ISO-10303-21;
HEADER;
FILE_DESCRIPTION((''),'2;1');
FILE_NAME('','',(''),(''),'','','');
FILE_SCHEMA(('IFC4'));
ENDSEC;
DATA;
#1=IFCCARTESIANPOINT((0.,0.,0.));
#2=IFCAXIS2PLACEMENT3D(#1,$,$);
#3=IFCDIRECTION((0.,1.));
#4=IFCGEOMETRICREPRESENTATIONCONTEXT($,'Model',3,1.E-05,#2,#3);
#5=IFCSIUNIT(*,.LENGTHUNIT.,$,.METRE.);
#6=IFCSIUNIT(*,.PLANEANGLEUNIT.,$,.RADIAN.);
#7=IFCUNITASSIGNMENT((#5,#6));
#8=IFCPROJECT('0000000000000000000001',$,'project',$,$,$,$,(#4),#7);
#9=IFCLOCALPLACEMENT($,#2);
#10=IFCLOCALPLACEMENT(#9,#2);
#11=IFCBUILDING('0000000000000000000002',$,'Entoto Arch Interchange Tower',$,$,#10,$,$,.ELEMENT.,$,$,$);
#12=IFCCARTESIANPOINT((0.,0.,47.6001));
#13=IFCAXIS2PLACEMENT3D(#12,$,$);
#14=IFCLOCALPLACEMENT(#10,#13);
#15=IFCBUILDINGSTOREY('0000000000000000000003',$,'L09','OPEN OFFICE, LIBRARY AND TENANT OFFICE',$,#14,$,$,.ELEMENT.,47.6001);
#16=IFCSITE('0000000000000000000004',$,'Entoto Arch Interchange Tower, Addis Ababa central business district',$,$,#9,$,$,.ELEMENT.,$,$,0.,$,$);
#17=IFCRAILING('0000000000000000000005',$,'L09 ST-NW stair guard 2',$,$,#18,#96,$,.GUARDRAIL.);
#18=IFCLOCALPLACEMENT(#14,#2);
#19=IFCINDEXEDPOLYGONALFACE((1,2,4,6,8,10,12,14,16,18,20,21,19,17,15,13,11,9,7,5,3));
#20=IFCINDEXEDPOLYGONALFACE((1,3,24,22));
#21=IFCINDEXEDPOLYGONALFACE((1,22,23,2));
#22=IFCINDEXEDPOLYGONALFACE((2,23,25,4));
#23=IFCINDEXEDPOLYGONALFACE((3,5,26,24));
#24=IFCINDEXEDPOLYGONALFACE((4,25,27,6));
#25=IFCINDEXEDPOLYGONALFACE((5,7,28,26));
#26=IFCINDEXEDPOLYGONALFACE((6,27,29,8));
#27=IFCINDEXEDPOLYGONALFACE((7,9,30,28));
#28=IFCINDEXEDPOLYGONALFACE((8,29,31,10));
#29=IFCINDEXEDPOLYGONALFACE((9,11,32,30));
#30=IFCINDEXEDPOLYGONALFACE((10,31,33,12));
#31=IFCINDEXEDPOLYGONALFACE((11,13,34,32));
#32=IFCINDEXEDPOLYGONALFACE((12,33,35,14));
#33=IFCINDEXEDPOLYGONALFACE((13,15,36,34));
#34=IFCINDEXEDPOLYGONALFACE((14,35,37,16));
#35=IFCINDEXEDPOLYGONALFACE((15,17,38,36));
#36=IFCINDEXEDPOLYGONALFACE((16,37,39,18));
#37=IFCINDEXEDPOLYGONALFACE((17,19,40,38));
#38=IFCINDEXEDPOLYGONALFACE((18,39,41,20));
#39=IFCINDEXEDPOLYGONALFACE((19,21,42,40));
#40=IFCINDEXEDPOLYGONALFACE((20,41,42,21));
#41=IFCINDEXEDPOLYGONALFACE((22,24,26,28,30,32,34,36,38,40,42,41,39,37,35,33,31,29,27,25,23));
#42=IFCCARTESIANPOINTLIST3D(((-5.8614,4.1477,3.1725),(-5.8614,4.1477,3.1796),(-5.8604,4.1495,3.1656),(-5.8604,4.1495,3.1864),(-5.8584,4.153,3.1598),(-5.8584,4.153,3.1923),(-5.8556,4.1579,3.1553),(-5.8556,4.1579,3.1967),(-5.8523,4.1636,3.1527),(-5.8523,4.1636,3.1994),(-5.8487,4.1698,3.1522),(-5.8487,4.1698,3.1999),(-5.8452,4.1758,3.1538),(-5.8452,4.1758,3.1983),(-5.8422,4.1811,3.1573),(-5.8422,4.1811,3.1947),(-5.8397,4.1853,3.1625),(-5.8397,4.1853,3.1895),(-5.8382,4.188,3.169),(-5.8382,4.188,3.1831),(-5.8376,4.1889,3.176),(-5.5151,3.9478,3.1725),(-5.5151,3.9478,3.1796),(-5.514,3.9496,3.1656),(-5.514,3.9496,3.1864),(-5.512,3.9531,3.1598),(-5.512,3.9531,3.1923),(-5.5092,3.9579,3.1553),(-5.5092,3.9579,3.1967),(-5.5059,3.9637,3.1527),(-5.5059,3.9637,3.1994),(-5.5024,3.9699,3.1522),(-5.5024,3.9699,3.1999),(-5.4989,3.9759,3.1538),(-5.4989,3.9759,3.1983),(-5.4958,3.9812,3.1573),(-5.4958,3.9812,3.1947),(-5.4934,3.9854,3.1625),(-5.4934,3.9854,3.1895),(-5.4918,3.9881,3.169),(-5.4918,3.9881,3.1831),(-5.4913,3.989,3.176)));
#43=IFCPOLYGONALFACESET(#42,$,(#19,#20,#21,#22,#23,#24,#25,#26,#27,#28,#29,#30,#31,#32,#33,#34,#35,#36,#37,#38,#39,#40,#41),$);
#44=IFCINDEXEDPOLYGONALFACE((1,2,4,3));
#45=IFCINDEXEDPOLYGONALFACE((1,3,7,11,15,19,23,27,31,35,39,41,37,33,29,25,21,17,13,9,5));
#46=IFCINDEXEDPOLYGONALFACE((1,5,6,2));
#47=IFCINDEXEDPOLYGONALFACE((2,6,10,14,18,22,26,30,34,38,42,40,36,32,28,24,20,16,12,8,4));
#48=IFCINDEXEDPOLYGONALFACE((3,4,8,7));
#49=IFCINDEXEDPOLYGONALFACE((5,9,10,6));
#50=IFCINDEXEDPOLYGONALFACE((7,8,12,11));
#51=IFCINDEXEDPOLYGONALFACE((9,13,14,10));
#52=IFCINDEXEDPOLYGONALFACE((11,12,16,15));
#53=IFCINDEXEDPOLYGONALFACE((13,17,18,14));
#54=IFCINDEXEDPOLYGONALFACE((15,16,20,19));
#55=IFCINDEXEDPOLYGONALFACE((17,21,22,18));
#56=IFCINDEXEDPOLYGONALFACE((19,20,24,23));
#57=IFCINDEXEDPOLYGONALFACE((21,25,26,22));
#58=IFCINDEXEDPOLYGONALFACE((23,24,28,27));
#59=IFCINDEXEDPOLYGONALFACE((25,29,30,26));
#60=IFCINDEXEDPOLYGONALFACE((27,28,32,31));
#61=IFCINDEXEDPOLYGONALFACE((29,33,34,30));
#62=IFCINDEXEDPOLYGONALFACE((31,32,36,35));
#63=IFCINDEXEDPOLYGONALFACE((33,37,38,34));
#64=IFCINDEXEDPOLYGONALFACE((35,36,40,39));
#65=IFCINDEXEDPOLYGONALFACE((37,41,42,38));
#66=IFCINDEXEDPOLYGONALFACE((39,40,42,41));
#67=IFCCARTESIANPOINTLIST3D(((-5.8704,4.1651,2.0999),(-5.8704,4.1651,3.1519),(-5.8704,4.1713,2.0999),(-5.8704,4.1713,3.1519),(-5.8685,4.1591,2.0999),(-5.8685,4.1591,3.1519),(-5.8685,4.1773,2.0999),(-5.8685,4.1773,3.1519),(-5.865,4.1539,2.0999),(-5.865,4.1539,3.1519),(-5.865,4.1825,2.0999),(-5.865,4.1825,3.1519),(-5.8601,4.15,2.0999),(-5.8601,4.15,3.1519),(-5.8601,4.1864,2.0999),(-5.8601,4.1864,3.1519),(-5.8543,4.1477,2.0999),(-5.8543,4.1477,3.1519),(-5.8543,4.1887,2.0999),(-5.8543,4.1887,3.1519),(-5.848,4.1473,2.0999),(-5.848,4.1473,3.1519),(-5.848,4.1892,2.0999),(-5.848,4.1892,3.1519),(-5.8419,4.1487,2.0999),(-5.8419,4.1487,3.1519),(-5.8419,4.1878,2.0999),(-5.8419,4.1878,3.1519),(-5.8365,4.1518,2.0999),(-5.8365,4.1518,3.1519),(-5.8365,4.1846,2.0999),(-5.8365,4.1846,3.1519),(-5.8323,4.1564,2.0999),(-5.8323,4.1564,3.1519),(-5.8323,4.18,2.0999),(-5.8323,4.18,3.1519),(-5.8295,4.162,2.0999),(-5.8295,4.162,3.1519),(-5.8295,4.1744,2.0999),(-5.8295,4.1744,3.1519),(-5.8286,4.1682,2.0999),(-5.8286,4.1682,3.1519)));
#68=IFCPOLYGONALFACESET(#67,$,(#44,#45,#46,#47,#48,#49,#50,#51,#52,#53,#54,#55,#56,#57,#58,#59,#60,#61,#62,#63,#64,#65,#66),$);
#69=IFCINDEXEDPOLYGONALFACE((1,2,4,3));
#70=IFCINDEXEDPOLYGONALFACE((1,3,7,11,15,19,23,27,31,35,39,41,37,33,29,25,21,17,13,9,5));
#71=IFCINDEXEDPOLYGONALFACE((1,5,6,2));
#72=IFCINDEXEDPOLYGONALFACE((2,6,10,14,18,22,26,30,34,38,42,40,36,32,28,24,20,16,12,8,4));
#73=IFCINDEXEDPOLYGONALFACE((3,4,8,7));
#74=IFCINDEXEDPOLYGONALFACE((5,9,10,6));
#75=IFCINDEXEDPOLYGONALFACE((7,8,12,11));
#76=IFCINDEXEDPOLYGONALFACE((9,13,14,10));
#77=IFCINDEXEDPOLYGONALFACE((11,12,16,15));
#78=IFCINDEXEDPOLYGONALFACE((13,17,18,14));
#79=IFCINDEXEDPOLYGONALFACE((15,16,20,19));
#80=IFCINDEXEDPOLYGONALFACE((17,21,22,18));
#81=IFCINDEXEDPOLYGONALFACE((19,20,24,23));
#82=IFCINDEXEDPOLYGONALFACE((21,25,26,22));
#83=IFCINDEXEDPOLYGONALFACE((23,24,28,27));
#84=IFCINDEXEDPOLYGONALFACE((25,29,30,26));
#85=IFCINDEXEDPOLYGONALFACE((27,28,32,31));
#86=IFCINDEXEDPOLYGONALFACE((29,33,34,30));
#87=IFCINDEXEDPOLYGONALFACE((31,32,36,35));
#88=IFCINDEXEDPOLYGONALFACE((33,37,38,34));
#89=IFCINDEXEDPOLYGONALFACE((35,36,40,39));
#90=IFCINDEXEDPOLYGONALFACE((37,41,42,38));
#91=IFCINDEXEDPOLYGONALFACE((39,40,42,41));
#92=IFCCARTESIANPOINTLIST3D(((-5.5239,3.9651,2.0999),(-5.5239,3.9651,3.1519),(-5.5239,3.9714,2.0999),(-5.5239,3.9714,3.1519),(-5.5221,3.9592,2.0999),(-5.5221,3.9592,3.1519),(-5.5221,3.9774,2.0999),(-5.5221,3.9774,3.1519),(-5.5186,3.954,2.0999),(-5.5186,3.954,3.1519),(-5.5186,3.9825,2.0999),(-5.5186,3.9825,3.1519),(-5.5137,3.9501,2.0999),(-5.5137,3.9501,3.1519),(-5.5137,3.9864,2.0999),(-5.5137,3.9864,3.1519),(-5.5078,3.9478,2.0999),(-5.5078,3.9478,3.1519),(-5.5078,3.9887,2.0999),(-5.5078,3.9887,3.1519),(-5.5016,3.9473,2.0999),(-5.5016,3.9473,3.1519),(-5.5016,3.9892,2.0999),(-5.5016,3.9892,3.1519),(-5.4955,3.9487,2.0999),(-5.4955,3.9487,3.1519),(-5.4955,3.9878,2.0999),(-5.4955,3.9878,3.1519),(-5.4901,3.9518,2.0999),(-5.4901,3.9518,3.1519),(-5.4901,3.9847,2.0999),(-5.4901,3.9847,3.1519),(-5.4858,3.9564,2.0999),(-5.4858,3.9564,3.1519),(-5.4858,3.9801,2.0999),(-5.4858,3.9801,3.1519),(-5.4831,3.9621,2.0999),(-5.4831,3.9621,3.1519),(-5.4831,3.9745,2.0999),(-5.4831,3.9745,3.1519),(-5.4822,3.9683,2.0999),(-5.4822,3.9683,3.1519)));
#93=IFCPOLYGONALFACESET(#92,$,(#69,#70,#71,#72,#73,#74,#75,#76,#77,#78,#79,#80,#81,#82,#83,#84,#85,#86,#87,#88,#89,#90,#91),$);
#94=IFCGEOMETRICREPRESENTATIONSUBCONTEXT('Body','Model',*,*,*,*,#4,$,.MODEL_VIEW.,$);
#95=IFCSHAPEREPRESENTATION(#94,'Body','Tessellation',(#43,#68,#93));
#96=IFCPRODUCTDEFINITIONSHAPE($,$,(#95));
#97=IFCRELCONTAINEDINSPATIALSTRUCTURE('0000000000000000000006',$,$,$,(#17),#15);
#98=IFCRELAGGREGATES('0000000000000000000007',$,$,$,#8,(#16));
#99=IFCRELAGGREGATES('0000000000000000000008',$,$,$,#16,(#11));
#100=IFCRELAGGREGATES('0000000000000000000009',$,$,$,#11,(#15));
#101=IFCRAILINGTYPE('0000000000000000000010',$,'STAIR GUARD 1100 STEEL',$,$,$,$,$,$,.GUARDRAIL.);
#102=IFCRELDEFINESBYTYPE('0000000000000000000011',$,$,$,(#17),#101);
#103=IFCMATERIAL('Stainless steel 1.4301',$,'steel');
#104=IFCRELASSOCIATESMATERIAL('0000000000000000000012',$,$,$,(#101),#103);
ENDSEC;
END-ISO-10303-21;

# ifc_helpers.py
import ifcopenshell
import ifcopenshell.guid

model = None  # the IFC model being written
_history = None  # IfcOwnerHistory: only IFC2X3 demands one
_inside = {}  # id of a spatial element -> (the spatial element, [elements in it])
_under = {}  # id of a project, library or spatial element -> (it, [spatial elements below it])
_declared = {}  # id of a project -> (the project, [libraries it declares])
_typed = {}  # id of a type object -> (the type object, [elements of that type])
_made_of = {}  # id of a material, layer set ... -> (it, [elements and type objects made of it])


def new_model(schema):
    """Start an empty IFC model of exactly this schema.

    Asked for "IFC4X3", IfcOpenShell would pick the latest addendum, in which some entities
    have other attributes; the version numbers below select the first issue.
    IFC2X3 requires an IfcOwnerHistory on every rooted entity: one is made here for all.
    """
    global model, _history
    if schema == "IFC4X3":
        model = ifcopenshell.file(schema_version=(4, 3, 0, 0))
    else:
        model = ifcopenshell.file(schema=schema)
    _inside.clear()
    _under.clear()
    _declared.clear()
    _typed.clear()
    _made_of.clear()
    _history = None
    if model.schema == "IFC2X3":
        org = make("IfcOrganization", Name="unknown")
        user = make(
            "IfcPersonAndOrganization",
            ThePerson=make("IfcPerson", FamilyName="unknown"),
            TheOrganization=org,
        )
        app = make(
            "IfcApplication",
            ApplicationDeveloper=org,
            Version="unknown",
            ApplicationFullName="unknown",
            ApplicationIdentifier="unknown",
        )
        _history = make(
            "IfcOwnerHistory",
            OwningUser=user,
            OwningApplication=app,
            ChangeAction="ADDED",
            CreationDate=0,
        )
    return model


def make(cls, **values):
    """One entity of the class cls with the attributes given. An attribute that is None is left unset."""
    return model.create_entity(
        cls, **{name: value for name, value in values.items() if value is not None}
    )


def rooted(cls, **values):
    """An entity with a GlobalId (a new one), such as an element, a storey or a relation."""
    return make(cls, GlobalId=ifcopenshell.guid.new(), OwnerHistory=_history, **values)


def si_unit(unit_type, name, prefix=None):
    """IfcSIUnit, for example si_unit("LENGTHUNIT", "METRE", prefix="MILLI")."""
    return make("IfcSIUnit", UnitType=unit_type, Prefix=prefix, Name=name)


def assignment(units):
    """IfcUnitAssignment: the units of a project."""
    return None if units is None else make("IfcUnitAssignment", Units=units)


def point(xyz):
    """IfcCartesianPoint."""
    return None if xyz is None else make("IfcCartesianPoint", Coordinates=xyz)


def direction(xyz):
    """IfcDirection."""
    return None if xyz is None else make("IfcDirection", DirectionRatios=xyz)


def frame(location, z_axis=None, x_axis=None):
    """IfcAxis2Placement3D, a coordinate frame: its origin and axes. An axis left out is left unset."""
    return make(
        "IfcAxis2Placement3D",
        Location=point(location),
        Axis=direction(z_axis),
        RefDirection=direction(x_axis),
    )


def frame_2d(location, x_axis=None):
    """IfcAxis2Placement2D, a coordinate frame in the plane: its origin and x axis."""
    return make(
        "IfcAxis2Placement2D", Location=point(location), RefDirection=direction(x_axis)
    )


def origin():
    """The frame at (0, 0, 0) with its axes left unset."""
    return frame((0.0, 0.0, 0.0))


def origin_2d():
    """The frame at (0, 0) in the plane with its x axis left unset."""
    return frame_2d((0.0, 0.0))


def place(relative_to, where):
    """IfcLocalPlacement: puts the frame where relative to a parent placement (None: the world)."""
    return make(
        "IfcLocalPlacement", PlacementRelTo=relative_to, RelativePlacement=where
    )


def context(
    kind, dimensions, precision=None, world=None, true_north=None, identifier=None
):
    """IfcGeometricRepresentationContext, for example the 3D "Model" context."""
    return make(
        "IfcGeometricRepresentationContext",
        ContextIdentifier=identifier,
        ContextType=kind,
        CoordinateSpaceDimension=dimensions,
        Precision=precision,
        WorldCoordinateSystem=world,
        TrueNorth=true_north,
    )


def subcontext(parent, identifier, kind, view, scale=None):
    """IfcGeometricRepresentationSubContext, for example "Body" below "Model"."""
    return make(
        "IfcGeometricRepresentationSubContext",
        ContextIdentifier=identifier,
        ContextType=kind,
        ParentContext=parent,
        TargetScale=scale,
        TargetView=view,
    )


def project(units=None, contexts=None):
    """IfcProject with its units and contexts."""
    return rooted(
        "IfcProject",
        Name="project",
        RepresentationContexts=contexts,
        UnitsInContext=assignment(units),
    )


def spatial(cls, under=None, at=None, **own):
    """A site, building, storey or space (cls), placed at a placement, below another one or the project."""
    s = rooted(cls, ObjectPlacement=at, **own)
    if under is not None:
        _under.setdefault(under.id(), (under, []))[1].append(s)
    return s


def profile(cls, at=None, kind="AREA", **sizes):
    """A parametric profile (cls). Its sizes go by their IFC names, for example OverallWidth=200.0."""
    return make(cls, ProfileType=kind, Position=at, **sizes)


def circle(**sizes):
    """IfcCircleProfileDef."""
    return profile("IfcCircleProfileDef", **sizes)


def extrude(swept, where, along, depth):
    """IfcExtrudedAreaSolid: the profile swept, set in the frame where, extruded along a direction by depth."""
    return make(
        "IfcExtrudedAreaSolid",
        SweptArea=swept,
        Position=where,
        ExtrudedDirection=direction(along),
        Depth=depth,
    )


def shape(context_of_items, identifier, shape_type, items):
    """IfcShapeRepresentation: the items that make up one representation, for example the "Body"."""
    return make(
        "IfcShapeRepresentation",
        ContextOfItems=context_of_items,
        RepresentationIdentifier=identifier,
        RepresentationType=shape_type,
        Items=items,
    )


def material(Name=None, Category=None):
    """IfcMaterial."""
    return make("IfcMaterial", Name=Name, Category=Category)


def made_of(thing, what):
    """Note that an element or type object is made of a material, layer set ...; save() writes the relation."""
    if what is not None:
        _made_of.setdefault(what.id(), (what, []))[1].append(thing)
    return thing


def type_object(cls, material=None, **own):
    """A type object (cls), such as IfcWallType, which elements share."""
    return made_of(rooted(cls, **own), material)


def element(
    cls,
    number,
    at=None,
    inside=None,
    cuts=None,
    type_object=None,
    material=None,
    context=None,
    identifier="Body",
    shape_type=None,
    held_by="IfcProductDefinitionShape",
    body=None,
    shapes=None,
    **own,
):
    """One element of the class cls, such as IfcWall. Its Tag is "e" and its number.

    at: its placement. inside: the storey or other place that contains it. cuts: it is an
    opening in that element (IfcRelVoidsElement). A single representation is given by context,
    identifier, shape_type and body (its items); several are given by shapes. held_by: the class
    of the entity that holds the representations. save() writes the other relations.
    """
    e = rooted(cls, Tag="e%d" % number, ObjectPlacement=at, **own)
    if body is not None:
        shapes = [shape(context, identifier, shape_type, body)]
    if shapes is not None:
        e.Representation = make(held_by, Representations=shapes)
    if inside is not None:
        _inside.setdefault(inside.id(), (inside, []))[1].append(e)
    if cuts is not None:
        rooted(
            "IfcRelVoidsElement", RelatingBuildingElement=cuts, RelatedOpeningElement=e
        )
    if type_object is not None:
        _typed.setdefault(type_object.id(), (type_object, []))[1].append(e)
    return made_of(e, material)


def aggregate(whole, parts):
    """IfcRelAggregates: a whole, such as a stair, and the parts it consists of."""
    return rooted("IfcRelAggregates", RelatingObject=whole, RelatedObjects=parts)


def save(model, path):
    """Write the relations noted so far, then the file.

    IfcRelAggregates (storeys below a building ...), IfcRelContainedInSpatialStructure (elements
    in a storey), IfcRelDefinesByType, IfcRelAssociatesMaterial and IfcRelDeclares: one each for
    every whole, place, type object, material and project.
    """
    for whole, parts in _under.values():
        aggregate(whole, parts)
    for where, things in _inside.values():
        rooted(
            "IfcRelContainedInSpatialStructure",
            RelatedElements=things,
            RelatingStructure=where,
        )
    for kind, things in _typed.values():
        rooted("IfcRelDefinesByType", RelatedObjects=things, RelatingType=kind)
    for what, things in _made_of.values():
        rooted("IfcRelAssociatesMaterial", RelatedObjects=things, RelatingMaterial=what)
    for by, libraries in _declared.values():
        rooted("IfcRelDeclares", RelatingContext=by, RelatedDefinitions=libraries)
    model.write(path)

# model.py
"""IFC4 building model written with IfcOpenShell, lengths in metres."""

from ifc_helpers import new_model, si_unit, direction, frame, origin, origin_2d, place, context, subcontext, project, spatial, circle, extrude, material, type_object, element, save


model = new_model("IFC4")

# Units and contexts
model_context = context("Model", 3, precision=1e-05, world=origin(), true_north=direction((0.0, 1.0)))
body_context = subcontext(model_context, "Body", "Model", "MODEL_VIEW")
ifc_project = project(units=[si_unit("LENGTHUNIT", "METRE"), si_unit("PLANEANGLEUNIT", "RADIAN")], contexts=[model_context])

# Site, building, storey
site_placement = place(None, origin())
site = spatial("IfcSite", under=ifc_project, at=site_placement, Name="Entoto Arch Interchange Tower, Addis Ababa central business district", CompositionType="ELEMENT", RefElevation=0.0)
building_placement = place(site_placement, origin())
building = spatial("IfcBuilding", under=site, at=building_placement, Name="Entoto Arch Interchange Tower", CompositionType="ELEMENT")
storey_placement = place(building_placement, frame((0.0, 0.0, 47.6001)))
storey = spatial("IfcBuildingStorey", under=building, at=storey_placement, Name="L09", Description="OPEN OFFICE, LIBRARY AND TENANT OFFICE", CompositionType="ELEMENT", Elevation=47.6001)

# Railing
ifc_material_1 = material(Name="Stainless steel 1.4301", Category="steel")
railing_type_1 = type_object("IfcRailingType", Name="STAIR GUARD 1100 STEEL", PredefinedType="GUARDRAIL", material=ifc_material_1)
railing_1_placement = place(storey_placement, frame((-5.8496, 4.1682, 2.0999)))
element("IfcRailing", 1, at=railing_1_placement, inside=storey, type_object=railing_type_1, Name="L09 ST-NW stair guard 2", PredefinedType="GUARDRAIL", context=body_context, shape_type="SweptSolid", body=[
    extrude(circle(Radius=0.0239, at=origin_2d()), frame((0.0, 0.0, 1.0762), z_axis=(0.866094, -0.499881, 0.0), x_axis=(0.499881, 0.866094, 0.0)), (0.0, 0.0, 1.0), 0.3999),
    extrude(circle(Radius=0.021, at=origin_2d()), origin(), (0.0, 0.0, 1.0), 1.052),
    extrude(circle(Radius=0.021, at=origin_2d()), frame((0.3464, -0.2, 0.0)), (0.0, 0.0, 1.0), 1.052),
])

save(model, "model.ifc")
